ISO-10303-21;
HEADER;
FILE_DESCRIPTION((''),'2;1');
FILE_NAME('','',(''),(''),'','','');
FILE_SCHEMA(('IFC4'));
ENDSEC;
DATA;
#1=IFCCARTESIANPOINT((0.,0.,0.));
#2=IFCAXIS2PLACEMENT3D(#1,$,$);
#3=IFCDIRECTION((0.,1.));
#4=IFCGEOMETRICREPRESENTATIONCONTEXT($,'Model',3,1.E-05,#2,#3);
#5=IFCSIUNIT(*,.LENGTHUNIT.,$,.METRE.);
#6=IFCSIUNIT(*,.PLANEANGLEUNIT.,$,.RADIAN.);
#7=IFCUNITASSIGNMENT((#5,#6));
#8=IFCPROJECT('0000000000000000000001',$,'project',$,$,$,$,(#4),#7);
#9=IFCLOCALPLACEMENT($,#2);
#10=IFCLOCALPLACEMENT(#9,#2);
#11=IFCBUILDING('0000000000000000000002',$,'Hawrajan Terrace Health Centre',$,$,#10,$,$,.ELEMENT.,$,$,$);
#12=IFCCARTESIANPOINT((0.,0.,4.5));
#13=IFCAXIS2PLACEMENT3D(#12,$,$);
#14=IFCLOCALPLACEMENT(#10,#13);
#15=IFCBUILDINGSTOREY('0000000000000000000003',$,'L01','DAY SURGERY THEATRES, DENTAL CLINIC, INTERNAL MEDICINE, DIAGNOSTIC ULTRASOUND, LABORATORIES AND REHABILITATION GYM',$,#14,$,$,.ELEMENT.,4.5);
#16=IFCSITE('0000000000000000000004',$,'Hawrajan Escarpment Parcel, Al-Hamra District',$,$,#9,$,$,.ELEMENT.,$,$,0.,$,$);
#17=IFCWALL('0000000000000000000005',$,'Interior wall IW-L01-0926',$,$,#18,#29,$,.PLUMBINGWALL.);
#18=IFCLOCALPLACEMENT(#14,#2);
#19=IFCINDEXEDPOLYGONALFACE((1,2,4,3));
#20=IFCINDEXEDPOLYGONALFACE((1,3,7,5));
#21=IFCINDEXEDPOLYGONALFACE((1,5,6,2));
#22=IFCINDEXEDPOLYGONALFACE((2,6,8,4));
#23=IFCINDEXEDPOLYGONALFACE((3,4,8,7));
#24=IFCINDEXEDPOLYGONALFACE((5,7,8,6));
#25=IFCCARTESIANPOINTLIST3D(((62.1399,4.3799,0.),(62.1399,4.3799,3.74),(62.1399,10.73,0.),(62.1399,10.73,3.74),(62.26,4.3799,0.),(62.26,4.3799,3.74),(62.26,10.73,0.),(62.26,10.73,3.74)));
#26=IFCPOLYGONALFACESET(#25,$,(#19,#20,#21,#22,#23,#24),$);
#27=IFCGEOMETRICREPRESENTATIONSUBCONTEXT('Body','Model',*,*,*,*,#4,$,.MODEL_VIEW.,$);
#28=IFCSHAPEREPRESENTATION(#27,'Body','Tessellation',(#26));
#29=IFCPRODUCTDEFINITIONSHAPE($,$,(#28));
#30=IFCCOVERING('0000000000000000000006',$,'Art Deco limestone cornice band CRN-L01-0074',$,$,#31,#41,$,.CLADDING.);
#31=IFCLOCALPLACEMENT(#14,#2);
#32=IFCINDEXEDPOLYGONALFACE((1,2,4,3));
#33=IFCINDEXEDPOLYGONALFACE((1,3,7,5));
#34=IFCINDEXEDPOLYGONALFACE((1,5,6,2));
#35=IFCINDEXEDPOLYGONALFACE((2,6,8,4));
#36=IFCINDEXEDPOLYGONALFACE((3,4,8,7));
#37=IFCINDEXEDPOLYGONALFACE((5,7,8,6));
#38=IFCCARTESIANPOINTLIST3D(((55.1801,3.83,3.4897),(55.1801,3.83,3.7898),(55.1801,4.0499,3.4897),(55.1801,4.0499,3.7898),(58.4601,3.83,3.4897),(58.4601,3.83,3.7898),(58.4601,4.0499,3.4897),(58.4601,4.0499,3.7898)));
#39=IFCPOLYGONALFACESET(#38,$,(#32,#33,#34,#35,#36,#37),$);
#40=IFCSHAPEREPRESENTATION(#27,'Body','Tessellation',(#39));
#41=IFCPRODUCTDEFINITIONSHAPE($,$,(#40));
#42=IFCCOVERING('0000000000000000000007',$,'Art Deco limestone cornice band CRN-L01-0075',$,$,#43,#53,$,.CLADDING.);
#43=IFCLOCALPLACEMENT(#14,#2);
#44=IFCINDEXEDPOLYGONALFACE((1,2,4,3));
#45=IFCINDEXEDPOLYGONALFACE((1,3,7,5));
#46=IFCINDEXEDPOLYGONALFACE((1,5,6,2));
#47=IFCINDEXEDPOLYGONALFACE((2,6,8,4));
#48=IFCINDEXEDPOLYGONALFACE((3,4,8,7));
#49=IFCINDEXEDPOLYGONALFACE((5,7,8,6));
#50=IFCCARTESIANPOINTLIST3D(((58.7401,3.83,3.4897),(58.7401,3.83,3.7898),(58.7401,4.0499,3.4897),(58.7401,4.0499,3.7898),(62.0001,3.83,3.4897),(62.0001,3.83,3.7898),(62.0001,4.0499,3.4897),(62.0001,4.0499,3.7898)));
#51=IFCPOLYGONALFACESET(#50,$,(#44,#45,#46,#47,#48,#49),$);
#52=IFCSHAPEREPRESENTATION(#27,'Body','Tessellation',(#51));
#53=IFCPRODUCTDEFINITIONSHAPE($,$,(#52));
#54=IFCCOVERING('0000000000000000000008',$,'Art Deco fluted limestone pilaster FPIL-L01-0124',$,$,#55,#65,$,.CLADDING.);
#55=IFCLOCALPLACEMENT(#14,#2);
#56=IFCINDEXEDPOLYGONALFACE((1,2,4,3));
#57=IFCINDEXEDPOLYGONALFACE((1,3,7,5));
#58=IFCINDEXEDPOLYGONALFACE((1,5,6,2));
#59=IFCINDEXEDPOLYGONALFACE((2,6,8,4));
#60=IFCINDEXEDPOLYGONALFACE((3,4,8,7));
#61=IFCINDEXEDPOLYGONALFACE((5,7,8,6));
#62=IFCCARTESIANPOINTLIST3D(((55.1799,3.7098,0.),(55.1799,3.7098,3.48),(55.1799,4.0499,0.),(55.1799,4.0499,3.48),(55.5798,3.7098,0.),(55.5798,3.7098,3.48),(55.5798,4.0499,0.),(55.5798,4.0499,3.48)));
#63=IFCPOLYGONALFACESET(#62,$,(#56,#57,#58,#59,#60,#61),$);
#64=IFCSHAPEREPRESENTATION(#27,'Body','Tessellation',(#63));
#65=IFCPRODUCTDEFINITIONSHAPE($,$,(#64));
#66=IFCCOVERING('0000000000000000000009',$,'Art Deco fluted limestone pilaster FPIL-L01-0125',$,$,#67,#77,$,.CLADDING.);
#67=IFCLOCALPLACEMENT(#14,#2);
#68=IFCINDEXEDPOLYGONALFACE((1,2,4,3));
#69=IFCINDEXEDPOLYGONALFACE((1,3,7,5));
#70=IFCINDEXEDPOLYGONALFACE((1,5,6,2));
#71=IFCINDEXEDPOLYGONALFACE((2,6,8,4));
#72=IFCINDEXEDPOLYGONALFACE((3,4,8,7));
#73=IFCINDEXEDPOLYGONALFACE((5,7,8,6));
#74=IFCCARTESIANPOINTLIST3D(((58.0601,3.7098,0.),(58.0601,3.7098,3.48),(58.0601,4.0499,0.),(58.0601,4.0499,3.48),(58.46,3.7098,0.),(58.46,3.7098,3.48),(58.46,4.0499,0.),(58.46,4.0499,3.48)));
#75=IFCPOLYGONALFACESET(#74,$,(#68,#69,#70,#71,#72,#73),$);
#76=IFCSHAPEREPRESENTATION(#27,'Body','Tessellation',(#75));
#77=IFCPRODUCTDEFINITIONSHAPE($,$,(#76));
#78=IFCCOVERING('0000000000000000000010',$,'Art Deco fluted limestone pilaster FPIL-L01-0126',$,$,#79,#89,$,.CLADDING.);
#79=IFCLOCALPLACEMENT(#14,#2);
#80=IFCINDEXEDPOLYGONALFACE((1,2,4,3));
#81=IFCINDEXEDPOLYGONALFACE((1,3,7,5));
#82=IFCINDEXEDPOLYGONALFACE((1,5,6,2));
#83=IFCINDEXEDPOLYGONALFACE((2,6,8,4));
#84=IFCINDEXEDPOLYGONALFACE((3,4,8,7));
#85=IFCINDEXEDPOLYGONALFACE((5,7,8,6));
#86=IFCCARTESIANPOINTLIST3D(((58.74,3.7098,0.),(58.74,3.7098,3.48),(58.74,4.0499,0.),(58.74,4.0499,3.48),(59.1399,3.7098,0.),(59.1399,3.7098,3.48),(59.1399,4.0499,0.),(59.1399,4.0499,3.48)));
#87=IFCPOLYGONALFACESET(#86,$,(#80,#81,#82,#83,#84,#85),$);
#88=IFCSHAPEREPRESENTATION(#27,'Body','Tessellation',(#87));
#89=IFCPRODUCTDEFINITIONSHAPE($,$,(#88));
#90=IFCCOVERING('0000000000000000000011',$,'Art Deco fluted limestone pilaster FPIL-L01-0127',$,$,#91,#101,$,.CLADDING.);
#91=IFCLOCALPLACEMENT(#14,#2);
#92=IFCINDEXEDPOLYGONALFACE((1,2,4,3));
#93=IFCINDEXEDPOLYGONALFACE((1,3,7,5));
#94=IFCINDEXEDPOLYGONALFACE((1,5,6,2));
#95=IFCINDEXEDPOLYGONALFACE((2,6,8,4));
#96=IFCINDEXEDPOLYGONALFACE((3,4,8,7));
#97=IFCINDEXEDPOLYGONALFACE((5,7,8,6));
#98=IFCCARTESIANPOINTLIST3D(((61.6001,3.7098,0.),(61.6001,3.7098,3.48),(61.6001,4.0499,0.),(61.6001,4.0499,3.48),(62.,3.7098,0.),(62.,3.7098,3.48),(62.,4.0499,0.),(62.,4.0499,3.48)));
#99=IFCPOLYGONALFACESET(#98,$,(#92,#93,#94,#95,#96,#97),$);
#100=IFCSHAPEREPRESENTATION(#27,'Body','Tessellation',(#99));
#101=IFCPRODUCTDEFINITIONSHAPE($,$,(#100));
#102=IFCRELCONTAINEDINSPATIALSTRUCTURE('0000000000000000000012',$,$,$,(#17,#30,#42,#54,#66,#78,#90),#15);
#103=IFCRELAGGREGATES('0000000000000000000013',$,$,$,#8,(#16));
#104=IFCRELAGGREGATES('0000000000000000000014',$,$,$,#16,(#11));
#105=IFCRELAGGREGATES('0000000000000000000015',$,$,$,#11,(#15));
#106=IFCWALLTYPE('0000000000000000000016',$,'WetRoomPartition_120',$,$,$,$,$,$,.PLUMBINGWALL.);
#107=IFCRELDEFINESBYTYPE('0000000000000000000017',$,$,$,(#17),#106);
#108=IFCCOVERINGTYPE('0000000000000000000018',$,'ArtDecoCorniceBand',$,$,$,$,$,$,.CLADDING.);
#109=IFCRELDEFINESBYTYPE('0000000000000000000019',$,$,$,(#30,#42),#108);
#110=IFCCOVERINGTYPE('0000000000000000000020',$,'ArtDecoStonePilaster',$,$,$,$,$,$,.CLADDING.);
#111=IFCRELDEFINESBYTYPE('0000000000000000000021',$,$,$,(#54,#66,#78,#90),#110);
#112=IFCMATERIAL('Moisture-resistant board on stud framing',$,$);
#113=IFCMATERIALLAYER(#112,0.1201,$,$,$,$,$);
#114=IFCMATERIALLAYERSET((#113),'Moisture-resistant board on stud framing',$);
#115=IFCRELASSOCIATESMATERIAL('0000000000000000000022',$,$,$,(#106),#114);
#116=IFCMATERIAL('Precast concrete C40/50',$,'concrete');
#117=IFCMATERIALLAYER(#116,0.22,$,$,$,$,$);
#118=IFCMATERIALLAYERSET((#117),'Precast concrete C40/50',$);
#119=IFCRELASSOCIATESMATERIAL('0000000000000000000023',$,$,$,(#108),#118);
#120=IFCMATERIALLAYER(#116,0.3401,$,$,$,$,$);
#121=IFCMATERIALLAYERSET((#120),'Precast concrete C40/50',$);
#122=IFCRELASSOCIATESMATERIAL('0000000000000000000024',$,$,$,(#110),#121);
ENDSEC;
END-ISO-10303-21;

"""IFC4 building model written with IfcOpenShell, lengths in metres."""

from ifc_helpers import new_model, si_unit, direction, frame, frame_2d, origin, origin_2d, place, context, subcontext, project, spatial, rectangle, extrude, material, layer, layer_set, type_object, element, save


model = new_model("IFC4")

# Units and contexts
model_context = context("Model", 3, precision=1e-05, world=origin(), true_north=direction((0.0, 1.0)))
body_context = subcontext(model_context, "Body", "Model", "MODEL_VIEW")
ifc_project = project(units=[si_unit("LENGTHUNIT", "METRE"), si_unit("PLANEANGLEUNIT", "RADIAN")], contexts=[model_context])

# Site, building, storey
site_placement = place(None, origin())
site = spatial("IfcSite", under=ifc_project, at=site_placement, Name="Hawrajan Escarpment Parcel, Al-Hamra District", CompositionType="ELEMENT", RefElevation=0.0)
building_placement = place(site_placement, origin())
building = spatial("IfcBuilding", under=site, at=building_placement, Name="Hawrajan Terrace Health Centre", CompositionType="ELEMENT")
storey_placement = place(building_placement, frame((0.0, 0.0, 4.5)))
storey = spatial("IfcBuildingStorey", under=building, at=storey_placement, Name="L01", Description="DAY SURGERY THEATRES, DENTAL CLINIC, INTERNAL MEDICINE, DIAGNOSTIC ULTRASOUND, LABORATORIES AND REHABILITATION GYM", CompositionType="ELEMENT", Elevation=4.5)

# Shared definitions
ifc_material_1 = material(Name="Precast concrete C40/50", Category="concrete")

# Wall
ifc_material_2 = material(Name="Moisture-resistant board on stud framing")
ifc_layer_1 = layer(ifc_material_2, 0.1201)
ifc_layer_set_1 = layer_set([ifc_layer_1], Name="Moisture-resistant board on stud framing")
wall_type_1 = type_object("IfcWallType", Name="WetRoomPartition_120", PredefinedType="PLUMBINGWALL", material=ifc_layer_set_1)
wall_1_placement = place(storey_placement, frame((62.2, 4.3799, 0.0), z_axis=(0.0, 0.0, 1.0), x_axis=(0.0, 1.0, 0.0)))
element("IfcWall", 1, at=wall_1_placement, inside=storey, type_object=wall_type_1, Name="Interior wall IW-L01-0926", PredefinedType="PLUMBINGWALL", context=body_context, shape_type="SweptSolid", body=[
    extrude(rectangle(XDim=6.3501, YDim=0.1201, at=frame_2d((3.175, 0.0))), origin(), (0.0, 0.0, 1.0), 3.74),
])

# Coverings
ifc_layer_2 = layer(ifc_material_1, 0.22)
ifc_layer_set_2 = layer_set([ifc_layer_2], Name="Precast concrete C40/50")
covering_type_1 = type_object("IfcCoveringType", Name="ArtDecoCorniceBand", PredefinedType="CLADDING", material=ifc_layer_set_2)
covering_1_placement = place(storey_placement, frame((56.8201, 3.9399, 3.4897), z_axis=(0.0, 0.0, 1.0), x_axis=(1.0, 0.0, 0.0)))
element("IfcCovering", 2, at=covering_1_placement, inside=storey, type_object=covering_type_1, Name="Art Deco limestone cornice band CRN-L01-0074", PredefinedType="CLADDING", context=body_context, shape_type="SweptSolid", body=[
    extrude(rectangle(XDim=3.28, YDim=0.22, at=origin_2d()), origin(), (0.0, 0.0, 1.0), 0.3),
])
covering_2_placement = place(storey_placement, frame((60.3701, 3.9399, 3.4897), z_axis=(0.0, 0.0, 1.0), x_axis=(1.0, 0.0, 0.0)))
element("IfcCovering", 3, at=covering_2_placement, inside=storey, type_object=covering_type_1, Name="Art Deco limestone cornice band CRN-L01-0075", PredefinedType="CLADDING", context=body_context, shape_type="SweptSolid", body=[
    extrude(rectangle(XDim=3.26, YDim=0.22, at=origin_2d()), origin(), (0.0, 0.0, 1.0), 0.3),
])
ifc_layer_3 = layer(ifc_material_1, 0.3401)
ifc_layer_set_3 = layer_set([ifc_layer_3], Name="Precast concrete C40/50")
covering_type_2 = type_object("IfcCoveringType", Name="ArtDecoStonePilaster", PredefinedType="CLADDING", material=ifc_layer_set_3)
for number, where, z_axis, x_axis, name in (
    (4, (55.3799, 3.8799, 0.0), (0.0, 0.0, 1.0), (1.0, 0.0, 0.0), "Art Deco fluted limestone pilaster FPIL-L01-0124"),
    (5, (58.26, 3.8799, 0.0), (0.0, 0.0, 1.0), (1.0, 0.0, 0.0), "Art Deco fluted limestone pilaster FPIL-L01-0125"),
    (6, (58.9399, 3.8799, 0.0), (0.0, 0.0, 1.0), (1.0, 0.0, 0.0), "Art Deco fluted limestone pilaster FPIL-L01-0126"),
    (7, (61.8, 3.8799, 0.0), (0.0, 0.0, 1.0), (1.0, 0.0, 0.0), "Art Deco fluted limestone pilaster FPIL-L01-0127"),
):
    element("IfcCovering", number, at=place(storey_placement, frame(where, z_axis=z_axis, x_axis=x_axis)), inside=storey, type_object=covering_type_2, Name=name, PredefinedType="CLADDING", context=body_context, shape_type="SweptSolid", body=[
        extrude(rectangle(XDim=0.3999, YDim=0.3401, at=origin_2d()), origin(), (0.0, 0.0, 1.0), 3.48),
    ])

save(model, "model.ifc")
